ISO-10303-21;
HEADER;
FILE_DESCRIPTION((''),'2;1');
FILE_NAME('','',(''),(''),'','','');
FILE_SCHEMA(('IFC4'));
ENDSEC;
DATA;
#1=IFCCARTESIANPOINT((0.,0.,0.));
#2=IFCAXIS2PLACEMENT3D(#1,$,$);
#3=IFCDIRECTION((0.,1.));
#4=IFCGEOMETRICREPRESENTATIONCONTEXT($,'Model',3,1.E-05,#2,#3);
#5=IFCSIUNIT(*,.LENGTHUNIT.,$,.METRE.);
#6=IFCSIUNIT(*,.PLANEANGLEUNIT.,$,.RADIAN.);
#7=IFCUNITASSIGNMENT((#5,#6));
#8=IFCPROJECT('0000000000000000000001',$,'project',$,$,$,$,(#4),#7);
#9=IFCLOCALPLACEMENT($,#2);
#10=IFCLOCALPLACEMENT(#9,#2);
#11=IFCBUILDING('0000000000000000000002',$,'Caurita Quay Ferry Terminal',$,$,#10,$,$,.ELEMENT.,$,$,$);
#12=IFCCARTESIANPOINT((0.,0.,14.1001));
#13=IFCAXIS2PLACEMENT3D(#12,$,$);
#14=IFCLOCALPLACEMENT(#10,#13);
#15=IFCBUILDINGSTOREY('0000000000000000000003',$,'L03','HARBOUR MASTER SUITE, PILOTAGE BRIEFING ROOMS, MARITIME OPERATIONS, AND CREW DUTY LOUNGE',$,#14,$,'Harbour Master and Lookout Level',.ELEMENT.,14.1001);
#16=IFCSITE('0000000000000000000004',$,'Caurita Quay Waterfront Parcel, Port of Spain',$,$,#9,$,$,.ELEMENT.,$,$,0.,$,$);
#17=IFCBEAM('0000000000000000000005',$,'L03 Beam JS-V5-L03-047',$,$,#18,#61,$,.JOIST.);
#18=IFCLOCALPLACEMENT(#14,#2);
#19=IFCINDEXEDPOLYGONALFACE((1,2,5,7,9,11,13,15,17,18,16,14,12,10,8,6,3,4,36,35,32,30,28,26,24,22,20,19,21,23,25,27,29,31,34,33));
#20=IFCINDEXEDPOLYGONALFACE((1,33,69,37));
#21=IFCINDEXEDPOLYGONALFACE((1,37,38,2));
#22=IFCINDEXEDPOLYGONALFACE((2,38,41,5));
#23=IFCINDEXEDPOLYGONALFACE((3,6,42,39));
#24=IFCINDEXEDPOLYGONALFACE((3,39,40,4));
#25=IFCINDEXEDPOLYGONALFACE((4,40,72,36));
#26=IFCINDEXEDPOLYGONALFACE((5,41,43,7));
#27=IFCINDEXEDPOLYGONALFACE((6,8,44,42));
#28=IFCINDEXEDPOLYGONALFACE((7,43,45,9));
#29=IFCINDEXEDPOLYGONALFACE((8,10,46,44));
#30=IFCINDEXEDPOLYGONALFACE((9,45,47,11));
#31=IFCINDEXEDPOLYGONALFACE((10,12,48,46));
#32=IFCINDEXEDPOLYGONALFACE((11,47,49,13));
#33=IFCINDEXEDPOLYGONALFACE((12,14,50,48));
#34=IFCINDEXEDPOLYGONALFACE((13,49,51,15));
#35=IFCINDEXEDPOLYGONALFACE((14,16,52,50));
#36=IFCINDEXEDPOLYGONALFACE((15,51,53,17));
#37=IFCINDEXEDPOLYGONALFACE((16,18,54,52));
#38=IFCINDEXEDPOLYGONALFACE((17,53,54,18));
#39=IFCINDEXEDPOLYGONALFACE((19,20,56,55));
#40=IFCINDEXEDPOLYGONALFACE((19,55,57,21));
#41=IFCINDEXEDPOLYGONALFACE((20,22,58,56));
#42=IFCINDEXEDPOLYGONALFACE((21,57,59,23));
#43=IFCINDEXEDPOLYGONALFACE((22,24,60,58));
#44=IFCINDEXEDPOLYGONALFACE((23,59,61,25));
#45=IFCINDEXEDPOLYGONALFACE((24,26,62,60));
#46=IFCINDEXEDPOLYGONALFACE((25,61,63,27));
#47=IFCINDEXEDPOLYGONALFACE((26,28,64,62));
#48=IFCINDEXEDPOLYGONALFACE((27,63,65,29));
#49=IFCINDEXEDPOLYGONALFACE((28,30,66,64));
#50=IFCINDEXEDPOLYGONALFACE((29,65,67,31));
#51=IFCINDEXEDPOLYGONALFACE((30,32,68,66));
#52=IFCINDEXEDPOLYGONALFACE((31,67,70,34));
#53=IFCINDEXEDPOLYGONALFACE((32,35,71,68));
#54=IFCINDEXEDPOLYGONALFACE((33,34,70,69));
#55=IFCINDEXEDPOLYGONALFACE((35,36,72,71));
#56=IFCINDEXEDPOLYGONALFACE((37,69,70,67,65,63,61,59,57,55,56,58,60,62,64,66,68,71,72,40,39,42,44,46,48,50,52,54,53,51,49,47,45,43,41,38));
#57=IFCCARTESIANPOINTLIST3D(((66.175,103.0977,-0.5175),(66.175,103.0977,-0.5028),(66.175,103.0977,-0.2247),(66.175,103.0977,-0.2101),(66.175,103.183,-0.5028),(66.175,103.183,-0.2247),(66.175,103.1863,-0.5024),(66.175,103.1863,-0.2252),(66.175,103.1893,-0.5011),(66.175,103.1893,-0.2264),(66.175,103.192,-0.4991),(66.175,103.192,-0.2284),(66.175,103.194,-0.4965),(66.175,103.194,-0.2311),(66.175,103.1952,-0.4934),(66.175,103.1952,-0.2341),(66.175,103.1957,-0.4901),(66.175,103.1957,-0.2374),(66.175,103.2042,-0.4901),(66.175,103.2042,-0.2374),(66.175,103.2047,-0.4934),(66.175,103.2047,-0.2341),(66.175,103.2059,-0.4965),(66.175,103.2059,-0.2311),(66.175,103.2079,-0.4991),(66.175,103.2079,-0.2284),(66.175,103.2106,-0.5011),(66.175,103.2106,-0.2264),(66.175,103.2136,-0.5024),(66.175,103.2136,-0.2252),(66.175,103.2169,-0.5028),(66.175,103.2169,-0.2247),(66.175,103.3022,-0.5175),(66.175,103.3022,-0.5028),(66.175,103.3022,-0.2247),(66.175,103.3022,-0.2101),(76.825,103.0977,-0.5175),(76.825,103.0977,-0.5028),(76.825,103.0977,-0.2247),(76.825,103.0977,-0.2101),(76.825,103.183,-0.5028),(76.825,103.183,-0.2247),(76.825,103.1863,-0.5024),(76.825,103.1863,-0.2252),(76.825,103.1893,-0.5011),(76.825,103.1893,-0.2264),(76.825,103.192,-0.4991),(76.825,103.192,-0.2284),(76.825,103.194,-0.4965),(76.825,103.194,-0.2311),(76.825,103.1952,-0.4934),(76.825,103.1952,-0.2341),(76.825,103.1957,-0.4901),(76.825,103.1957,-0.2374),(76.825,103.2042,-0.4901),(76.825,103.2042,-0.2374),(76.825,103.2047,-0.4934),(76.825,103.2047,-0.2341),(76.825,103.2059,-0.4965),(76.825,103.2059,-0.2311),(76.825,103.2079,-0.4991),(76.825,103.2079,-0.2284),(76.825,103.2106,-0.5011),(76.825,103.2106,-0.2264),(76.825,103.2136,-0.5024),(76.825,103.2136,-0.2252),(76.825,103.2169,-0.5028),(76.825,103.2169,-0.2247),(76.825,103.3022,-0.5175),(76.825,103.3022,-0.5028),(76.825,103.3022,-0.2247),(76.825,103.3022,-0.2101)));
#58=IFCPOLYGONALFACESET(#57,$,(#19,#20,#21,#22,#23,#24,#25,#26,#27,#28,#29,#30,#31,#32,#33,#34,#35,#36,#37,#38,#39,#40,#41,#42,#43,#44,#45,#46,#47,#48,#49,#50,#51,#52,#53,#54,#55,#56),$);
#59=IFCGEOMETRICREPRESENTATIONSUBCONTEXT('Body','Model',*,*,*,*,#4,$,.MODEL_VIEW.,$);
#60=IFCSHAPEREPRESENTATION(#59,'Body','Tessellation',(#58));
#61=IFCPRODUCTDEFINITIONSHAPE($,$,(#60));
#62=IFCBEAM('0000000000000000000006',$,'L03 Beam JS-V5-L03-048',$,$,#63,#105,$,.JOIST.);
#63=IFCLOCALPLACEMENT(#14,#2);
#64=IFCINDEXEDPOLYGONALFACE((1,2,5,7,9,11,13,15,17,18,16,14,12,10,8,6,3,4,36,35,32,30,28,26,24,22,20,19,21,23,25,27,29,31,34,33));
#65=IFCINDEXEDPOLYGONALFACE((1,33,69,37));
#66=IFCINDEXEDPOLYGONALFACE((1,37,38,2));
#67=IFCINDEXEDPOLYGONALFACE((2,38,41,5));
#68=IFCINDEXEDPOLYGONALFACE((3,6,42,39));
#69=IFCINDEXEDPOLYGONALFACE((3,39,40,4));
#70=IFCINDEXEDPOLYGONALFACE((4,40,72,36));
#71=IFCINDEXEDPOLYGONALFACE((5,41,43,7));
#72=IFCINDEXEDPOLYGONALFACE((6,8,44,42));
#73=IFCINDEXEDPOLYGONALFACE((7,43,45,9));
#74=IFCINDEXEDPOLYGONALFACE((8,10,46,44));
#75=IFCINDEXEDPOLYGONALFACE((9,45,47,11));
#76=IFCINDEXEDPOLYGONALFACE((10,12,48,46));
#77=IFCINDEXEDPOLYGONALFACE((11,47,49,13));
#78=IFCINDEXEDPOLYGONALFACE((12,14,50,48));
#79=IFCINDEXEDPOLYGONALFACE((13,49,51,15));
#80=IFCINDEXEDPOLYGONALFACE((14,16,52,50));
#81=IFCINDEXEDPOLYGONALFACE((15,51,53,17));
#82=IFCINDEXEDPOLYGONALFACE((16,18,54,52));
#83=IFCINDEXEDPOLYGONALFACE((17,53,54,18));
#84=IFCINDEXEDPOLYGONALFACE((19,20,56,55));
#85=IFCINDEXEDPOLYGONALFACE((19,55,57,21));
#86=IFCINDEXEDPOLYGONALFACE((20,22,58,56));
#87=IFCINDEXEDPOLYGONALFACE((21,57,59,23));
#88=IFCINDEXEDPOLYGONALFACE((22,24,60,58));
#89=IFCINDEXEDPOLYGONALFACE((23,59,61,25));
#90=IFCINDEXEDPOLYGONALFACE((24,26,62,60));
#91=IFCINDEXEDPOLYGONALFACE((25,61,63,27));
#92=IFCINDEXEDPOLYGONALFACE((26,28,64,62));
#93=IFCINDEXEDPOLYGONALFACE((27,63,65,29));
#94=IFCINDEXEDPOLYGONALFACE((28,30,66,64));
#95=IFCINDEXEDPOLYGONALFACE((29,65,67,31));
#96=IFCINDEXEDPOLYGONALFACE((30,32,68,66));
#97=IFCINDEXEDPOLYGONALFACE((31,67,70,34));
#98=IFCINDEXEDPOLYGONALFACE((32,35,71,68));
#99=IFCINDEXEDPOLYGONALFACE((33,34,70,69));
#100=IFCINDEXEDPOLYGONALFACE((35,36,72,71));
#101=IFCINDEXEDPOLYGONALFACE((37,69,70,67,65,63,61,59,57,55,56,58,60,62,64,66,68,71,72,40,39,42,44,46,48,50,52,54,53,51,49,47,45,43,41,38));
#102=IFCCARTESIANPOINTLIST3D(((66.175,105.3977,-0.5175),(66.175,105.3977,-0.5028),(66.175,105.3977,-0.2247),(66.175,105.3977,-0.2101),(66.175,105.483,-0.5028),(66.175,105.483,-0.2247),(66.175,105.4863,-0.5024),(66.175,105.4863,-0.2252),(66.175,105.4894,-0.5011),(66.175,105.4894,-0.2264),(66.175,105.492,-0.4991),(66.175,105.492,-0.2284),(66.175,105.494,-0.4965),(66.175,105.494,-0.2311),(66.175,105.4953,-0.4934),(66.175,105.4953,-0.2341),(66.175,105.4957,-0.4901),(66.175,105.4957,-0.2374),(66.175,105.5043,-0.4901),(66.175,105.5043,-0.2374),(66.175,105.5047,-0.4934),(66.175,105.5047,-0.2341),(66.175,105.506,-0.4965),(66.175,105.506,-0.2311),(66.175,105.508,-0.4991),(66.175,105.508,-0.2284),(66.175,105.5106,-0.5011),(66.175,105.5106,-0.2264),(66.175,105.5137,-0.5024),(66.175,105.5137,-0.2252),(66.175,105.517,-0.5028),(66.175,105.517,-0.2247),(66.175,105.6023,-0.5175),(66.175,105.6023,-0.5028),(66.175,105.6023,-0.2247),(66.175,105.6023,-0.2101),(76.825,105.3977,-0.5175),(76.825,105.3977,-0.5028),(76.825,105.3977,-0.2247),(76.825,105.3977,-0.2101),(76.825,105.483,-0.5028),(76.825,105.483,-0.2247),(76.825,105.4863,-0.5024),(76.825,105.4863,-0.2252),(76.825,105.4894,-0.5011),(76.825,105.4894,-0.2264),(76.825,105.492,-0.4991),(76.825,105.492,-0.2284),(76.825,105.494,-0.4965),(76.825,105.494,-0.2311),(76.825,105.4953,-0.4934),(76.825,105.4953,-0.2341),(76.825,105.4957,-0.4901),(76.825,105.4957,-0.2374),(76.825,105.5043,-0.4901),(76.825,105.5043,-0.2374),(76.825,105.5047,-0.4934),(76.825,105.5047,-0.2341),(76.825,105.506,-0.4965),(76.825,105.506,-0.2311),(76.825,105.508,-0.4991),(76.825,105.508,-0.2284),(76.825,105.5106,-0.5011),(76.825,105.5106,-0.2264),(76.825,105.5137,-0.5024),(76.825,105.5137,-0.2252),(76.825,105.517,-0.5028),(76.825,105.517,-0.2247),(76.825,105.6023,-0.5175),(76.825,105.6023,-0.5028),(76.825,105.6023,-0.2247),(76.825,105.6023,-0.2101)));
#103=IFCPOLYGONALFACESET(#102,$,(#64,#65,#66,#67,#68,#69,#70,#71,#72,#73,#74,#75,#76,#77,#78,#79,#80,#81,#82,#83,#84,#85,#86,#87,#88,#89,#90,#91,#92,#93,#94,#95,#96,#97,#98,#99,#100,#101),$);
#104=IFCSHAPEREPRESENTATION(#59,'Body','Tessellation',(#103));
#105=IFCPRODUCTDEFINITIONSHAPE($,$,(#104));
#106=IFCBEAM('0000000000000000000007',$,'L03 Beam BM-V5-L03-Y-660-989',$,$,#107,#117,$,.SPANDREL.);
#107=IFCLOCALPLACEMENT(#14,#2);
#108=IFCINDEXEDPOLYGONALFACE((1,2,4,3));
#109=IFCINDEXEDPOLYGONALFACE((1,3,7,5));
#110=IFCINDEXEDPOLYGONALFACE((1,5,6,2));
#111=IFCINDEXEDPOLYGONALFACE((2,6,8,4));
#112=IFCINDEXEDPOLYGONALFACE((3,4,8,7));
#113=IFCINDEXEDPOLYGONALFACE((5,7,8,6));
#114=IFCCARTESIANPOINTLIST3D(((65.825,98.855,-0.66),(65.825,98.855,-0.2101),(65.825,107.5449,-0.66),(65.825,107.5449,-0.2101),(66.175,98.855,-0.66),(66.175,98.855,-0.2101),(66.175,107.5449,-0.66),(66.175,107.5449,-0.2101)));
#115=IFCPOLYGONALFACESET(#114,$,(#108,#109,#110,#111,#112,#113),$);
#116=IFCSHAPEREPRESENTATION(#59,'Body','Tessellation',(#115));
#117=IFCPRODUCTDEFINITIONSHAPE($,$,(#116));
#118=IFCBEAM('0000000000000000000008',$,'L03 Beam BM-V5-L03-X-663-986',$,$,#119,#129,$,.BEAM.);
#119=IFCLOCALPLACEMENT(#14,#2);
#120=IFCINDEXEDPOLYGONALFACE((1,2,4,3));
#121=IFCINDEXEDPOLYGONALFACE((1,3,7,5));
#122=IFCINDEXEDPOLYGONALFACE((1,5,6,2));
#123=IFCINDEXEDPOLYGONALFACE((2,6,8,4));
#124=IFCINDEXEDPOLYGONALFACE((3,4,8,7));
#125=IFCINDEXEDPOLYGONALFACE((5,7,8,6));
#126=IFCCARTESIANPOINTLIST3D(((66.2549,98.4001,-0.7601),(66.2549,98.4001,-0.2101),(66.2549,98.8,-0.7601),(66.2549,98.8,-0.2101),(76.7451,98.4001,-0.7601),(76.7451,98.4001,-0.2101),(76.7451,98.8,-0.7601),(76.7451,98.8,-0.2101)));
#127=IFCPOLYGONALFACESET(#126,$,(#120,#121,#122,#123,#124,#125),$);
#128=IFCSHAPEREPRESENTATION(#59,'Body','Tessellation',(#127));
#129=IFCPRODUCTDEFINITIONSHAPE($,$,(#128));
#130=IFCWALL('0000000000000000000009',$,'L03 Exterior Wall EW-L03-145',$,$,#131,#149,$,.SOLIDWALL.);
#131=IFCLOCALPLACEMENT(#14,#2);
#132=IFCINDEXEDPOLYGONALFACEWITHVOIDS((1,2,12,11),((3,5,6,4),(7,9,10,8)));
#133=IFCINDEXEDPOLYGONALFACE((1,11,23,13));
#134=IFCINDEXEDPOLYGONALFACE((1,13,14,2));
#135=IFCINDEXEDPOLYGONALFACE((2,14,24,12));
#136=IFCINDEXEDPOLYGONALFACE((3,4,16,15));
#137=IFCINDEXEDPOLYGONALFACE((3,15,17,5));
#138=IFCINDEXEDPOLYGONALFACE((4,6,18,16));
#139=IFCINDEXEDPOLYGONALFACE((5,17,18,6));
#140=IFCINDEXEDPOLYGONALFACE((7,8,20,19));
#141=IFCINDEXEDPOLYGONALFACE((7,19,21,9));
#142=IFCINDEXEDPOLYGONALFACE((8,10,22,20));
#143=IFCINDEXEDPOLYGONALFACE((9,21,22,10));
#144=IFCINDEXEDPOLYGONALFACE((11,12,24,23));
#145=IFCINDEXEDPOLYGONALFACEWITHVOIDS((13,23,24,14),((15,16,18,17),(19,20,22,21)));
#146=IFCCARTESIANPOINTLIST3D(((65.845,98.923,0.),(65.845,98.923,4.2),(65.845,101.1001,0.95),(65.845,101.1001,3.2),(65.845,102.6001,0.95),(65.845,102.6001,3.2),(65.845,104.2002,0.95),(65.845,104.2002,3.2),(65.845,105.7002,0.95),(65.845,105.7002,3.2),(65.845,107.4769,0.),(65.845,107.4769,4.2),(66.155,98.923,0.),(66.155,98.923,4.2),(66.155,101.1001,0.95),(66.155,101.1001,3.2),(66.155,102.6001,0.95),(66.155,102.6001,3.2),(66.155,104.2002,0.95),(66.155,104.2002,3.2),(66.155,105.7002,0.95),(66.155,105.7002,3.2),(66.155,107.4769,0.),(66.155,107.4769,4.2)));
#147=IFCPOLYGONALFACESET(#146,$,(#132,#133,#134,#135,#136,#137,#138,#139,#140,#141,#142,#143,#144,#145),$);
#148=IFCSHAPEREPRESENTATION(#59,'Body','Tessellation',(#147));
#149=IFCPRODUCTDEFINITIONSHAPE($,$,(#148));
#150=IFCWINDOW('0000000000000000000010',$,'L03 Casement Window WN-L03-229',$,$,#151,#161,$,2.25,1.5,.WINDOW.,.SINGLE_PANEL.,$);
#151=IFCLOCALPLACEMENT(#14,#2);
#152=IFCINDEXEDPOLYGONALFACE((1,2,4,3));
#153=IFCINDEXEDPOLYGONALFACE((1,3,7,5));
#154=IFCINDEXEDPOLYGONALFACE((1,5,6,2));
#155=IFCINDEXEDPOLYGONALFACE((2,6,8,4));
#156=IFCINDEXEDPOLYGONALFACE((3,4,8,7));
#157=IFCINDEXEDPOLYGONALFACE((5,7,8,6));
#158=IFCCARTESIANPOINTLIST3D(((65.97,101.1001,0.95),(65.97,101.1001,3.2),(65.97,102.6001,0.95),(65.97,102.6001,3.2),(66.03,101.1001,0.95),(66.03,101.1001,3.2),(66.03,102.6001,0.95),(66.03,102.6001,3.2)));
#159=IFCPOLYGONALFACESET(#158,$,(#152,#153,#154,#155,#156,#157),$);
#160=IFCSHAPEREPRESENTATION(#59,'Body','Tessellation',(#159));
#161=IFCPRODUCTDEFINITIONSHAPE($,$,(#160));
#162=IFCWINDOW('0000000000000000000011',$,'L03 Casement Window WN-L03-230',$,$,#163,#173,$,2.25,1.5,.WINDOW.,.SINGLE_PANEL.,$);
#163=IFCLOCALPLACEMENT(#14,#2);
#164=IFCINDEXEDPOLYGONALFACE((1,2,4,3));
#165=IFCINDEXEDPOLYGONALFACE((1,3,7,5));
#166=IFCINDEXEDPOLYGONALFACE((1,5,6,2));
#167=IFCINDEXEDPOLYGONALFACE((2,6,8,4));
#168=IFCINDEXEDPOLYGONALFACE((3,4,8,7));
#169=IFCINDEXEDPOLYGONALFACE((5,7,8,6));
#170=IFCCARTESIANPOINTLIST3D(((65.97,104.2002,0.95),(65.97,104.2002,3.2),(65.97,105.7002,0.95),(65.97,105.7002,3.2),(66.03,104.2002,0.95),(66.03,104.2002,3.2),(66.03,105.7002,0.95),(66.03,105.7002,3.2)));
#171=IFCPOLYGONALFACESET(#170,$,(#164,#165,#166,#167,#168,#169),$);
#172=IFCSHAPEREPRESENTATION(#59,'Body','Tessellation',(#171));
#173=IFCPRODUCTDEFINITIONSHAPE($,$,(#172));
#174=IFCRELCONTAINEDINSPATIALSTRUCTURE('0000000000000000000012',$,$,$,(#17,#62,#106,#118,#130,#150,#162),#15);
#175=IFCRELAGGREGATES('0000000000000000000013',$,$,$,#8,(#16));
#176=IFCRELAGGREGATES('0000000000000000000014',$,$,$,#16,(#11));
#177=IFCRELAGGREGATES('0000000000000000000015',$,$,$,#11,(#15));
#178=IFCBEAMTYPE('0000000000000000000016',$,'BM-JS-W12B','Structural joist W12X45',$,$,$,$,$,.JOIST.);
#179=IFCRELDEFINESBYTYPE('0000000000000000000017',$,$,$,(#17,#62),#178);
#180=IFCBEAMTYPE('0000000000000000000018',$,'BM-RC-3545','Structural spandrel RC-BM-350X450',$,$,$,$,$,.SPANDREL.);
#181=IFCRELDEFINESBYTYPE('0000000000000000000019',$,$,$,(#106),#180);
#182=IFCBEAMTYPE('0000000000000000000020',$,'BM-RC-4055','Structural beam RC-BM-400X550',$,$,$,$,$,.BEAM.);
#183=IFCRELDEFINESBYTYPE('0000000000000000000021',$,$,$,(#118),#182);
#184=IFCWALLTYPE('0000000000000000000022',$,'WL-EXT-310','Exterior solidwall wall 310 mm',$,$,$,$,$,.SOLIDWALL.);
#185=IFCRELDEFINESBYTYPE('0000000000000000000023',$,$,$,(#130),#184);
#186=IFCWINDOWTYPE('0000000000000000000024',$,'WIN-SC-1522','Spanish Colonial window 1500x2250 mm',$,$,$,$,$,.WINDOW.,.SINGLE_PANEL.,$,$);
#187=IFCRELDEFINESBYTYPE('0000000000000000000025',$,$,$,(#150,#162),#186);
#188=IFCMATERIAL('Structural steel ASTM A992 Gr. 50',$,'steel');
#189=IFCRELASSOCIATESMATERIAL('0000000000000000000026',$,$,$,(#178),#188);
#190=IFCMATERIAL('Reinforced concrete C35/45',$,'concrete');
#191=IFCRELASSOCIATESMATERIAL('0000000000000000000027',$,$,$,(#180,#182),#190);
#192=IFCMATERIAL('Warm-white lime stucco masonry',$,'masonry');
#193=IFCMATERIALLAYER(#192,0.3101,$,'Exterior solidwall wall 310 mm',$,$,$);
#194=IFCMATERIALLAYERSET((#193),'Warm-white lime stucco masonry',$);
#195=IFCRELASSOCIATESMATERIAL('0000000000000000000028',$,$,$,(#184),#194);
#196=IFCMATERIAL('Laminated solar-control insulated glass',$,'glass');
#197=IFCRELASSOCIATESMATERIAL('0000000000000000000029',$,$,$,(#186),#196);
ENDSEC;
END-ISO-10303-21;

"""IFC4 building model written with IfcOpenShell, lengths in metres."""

from ifc_helpers import new_model, si_unit, direction, frame, frame_2d, origin, origin_2d, place, context, subcontext, project, spatial, rectangle, i_section, extrude, material, layer, layer_set, material_profile, profile_set, type_object, element, fill, save


model = new_model("IFC4")

# Units and contexts
model_context = context("Model", 3, precision=1e-05, world=origin(), true_north=direction((0.0, 1.0)))
body_context = subcontext(model_context, "Body", "Model", "MODEL_VIEW")
ifc_project = project(units=[si_unit("LENGTHUNIT", "METRE"), si_unit("PLANEANGLEUNIT", "RADIAN")], contexts=[model_context])

# Site, building, storey
site_placement = place(None, origin())
site = spatial("IfcSite", under=ifc_project, at=site_placement, Name="Caurita Quay Waterfront Parcel, Port of Spain", CompositionType="ELEMENT", RefElevation=0.0)
building_placement = place(site_placement, origin())
building = spatial("IfcBuilding", under=site, at=building_placement, Name="Caurita Quay Ferry Terminal", CompositionType="ELEMENT")
storey_placement = place(building_placement, frame((0.0, 0.0, 14.1001)))
storey = spatial("IfcBuildingStorey", under=building, at=storey_placement, Name="L03", Description="HARBOUR MASTER SUITE, PILOTAGE BRIEFING ROOMS, MARITIME OPERATIONS, AND CREW DUTY LOUNGE", LongName="Harbour Master and Lookout Level", CompositionType="ELEMENT", Elevation=14.1001)

# Shared definitions
ifc_material_1 = material(Name="Reinforced concrete C35/45", Category="concrete")

# Beams
ifc_material_2 = material(Name="Structural steel ASTM A992 Gr. 50", Category="steel")
ifc_material_profile_1 = material_profile(ifc_material_2, i_section(OverallWidth=0.2046, OverallDepth=0.3074, WebThickness=0.0085, FlangeThickness=0.0146, FilletRadius=0.0127, at=origin_2d()), Name="W12X45")
ifc_profile_set_1 = profile_set([ifc_material_profile_1], Name="Structural steel ASTM A992 Gr. 50")
beam_type_1 = type_object("IfcBeamType", Name="BM-JS-W12B", Description="Structural joist W12X45", PredefinedType="JOIST", material=ifc_profile_set_1)
for number, where, z_axis, x_axis, name in (
    (1, (66.175, 103.2, -0.3638), (1.0, 0.0, 0.0), (0.0, 1.0, 0.0), "L03 Beam JS-V5-L03-047"),
    (2, (66.175, 105.5, -0.3638), (1.0, 0.0, 0.0), (0.0, 1.0, 0.0), "L03 Beam JS-V5-L03-048"),
):
    element("IfcBeam", number, at=place(storey_placement, frame(where, z_axis=z_axis, x_axis=x_axis)), inside=storey, type_object=beam_type_1, Name=name, PredefinedType="JOIST", context=body_context, shape_type="SweptSolid", body=[
        extrude(i_section(OverallWidth=0.2046, OverallDepth=0.3074, WebThickness=0.0085, FlangeThickness=0.0146, FilletRadius=0.0127, at=origin_2d()), origin(), (0.0, 0.0, 1.0), 10.6499),
    ])
ifc_material_profile_2 = material_profile(ifc_material_1, rectangle(XDim=0.3501, YDim=0.45, at=origin_2d()), Name="RC-BM-350X450")
ifc_profile_set_2 = profile_set([ifc_material_profile_2], Name="Reinforced concrete C35/45")
beam_type_2 = type_object("IfcBeamType", Name="BM-RC-3545", Description="Structural spandrel RC-BM-350X450", PredefinedType="SPANDREL", material=ifc_profile_set_2)
beam_1_placement = place(storey_placement, frame((66.0, 98.855, -0.4351), z_axis=(0.0, 1.0, 0.0), x_axis=(-1.0, 0.0, 0.0)))
element("IfcBeam", 3, at=beam_1_placement, inside=storey, type_object=beam_type_2, Name="L03 Beam BM-V5-L03-Y-660-989", PredefinedType="SPANDREL", context=body_context, shape_type="SweptSolid", body=[
    extrude(rectangle(XDim=0.3501, YDim=0.45, at=origin_2d()), origin(), (0.0, 0.0, 1.0), 8.6899),
])
ifc_material_profile_3 = material_profile(ifc_material_1, rectangle(XDim=0.3999, YDim=0.55, at=origin_2d()), Name="RC-BM-400X550")
ifc_profile_set_3 = profile_set([ifc_material_profile_3], Name="Reinforced concrete C35/45")
beam_type_3 = type_object("IfcBeamType", Name="BM-RC-4055", Description="Structural beam RC-BM-400X550", PredefinedType="BEAM", material=ifc_profile_set_3)
beam_2_placement = place(storey_placement, frame((66.2549, 98.6001, -0.4851), z_axis=(1.0, 0.0, 0.0), x_axis=(0.0, 1.0, 0.0)))
element("IfcBeam", 4, at=beam_2_placement, inside=storey, type_object=beam_type_3, Name="L03 Beam BM-V5-L03-X-663-986", PredefinedType="BEAM", context=body_context, shape_type="SweptSolid", body=[
    extrude(rectangle(XDim=0.3999, YDim=0.55, at=origin_2d()), origin(), (0.0, 0.0, 1.0), 10.4902),
])

# Wall, openings, windows
ifc_material_3 = material(Name="Warm-white lime stucco masonry", Category="masonry")
ifc_layer_1 = layer(ifc_material_3, 0.3101, Name="Exterior solidwall wall 310 mm")
ifc_layer_set_1 = layer_set([ifc_layer_1], Name="Warm-white lime stucco masonry")
wall_type = type_object("IfcWallType", Name="WL-EXT-310", Description="Exterior solidwall wall 310 mm", PredefinedType="SOLIDWALL", material=ifc_layer_set_1)
wall_placement = place(storey_placement, frame((66.0, 98.9231, 0.0), z_axis=(0.0, 0.0, 1.0), x_axis=(0.0, 1.0, 0.0)))
wall = element("IfcWall", 5, at=wall_placement, inside=storey, type_object=wall_type, Name="L03 Exterior Wall EW-L03-145", PredefinedType="SOLIDWALL", context=body_context, shape_type="SweptSolid", body=[
    extrude(rectangle(XDim=8.554, YDim=0.3101, at=frame_2d((4.2769, 0.0))), origin(), (0.0, 0.0, 1.0), 4.2),
])
opening_1_placement = place(wall_placement, frame((2.177, 0.0, 0.95)))
opening_1 = element("IfcOpeningElement", 6, at=opening_1_placement, cuts=wall, PredefinedType="OPENING", context=body_context, shape_type="SweptSolid", body=[
    extrude(rectangle(XDim=1.5, YDim=2.25, at=frame_2d((0.75, 1.125))), frame((0.0, 0.165, 0.0), z_axis=(0.0, -1.0, 0.0), x_axis=(1.0, 0.0, 0.0)), (0.0, 0.0, 1.0), 0.3301),
])
opening_2_placement = place(wall_placement, frame((5.2771, 0.0, 0.95)))
opening_2 = element("IfcOpeningElement", 7, at=opening_2_placement, cuts=wall, PredefinedType="OPENING", context=body_context, shape_type="SweptSolid", body=[
    extrude(rectangle(XDim=1.5, YDim=2.25, at=frame_2d((0.75, 1.125))), frame((0.0, 0.165, 0.0), z_axis=(0.0, -1.0, 0.0), x_axis=(1.0, 0.0, 0.0)), (0.0, 0.0, 1.0), 0.3301),
])
ifc_material_4 = material(Name="Laminated solar-control insulated glass", Category="glass")
window_type = type_object("IfcWindowType", Name="WIN-SC-1522", Description="Spanish Colonial window 1500x2250 mm", PartitioningType="SINGLE_PANEL", PredefinedType="WINDOW", material=ifc_material_4)
window_1_placement = place(opening_1_placement, origin())
window_1 = element("IfcWindow", 8, at=window_1_placement, inside=storey, type_object=window_type, Name="L03 Casement Window WN-L03-229", OverallHeight=2.25, OverallWidth=1.5, PartitioningType="SINGLE_PANEL", PredefinedType="WINDOW", context=body_context, shape_type="SweptSolid", body=[
    extrude(rectangle(XDim=1.5, YDim=2.25, at=frame_2d((0.75, 1.125))), frame((0.0, 0.03, 0.0), z_axis=(0.0, -1.0, 0.0), x_axis=(1.0, 0.0, 0.0)), (0.0, 0.0, 1.0), 0.0601),
])
fill(opening_1, window_1)
window_2_placement = place(opening_2_placement, origin())
window_2 = element("IfcWindow", 9, at=window_2_placement, inside=storey, type_object=window_type, Name="L03 Casement Window WN-L03-230", OverallHeight=2.25, OverallWidth=1.5, PartitioningType="SINGLE_PANEL", PredefinedType="WINDOW", context=body_context, shape_type="SweptSolid", body=[
    extrude(rectangle(XDim=1.5, YDim=2.25, at=frame_2d((0.75, 1.125))), frame((0.0, 0.03, 0.0), z_axis=(0.0, -1.0, 0.0), x_axis=(1.0, 0.0, 0.0)), (0.0, 0.0, 1.0), 0.0601),
])
fill(opening_2, window_2)

save(model, "model.ifc")
